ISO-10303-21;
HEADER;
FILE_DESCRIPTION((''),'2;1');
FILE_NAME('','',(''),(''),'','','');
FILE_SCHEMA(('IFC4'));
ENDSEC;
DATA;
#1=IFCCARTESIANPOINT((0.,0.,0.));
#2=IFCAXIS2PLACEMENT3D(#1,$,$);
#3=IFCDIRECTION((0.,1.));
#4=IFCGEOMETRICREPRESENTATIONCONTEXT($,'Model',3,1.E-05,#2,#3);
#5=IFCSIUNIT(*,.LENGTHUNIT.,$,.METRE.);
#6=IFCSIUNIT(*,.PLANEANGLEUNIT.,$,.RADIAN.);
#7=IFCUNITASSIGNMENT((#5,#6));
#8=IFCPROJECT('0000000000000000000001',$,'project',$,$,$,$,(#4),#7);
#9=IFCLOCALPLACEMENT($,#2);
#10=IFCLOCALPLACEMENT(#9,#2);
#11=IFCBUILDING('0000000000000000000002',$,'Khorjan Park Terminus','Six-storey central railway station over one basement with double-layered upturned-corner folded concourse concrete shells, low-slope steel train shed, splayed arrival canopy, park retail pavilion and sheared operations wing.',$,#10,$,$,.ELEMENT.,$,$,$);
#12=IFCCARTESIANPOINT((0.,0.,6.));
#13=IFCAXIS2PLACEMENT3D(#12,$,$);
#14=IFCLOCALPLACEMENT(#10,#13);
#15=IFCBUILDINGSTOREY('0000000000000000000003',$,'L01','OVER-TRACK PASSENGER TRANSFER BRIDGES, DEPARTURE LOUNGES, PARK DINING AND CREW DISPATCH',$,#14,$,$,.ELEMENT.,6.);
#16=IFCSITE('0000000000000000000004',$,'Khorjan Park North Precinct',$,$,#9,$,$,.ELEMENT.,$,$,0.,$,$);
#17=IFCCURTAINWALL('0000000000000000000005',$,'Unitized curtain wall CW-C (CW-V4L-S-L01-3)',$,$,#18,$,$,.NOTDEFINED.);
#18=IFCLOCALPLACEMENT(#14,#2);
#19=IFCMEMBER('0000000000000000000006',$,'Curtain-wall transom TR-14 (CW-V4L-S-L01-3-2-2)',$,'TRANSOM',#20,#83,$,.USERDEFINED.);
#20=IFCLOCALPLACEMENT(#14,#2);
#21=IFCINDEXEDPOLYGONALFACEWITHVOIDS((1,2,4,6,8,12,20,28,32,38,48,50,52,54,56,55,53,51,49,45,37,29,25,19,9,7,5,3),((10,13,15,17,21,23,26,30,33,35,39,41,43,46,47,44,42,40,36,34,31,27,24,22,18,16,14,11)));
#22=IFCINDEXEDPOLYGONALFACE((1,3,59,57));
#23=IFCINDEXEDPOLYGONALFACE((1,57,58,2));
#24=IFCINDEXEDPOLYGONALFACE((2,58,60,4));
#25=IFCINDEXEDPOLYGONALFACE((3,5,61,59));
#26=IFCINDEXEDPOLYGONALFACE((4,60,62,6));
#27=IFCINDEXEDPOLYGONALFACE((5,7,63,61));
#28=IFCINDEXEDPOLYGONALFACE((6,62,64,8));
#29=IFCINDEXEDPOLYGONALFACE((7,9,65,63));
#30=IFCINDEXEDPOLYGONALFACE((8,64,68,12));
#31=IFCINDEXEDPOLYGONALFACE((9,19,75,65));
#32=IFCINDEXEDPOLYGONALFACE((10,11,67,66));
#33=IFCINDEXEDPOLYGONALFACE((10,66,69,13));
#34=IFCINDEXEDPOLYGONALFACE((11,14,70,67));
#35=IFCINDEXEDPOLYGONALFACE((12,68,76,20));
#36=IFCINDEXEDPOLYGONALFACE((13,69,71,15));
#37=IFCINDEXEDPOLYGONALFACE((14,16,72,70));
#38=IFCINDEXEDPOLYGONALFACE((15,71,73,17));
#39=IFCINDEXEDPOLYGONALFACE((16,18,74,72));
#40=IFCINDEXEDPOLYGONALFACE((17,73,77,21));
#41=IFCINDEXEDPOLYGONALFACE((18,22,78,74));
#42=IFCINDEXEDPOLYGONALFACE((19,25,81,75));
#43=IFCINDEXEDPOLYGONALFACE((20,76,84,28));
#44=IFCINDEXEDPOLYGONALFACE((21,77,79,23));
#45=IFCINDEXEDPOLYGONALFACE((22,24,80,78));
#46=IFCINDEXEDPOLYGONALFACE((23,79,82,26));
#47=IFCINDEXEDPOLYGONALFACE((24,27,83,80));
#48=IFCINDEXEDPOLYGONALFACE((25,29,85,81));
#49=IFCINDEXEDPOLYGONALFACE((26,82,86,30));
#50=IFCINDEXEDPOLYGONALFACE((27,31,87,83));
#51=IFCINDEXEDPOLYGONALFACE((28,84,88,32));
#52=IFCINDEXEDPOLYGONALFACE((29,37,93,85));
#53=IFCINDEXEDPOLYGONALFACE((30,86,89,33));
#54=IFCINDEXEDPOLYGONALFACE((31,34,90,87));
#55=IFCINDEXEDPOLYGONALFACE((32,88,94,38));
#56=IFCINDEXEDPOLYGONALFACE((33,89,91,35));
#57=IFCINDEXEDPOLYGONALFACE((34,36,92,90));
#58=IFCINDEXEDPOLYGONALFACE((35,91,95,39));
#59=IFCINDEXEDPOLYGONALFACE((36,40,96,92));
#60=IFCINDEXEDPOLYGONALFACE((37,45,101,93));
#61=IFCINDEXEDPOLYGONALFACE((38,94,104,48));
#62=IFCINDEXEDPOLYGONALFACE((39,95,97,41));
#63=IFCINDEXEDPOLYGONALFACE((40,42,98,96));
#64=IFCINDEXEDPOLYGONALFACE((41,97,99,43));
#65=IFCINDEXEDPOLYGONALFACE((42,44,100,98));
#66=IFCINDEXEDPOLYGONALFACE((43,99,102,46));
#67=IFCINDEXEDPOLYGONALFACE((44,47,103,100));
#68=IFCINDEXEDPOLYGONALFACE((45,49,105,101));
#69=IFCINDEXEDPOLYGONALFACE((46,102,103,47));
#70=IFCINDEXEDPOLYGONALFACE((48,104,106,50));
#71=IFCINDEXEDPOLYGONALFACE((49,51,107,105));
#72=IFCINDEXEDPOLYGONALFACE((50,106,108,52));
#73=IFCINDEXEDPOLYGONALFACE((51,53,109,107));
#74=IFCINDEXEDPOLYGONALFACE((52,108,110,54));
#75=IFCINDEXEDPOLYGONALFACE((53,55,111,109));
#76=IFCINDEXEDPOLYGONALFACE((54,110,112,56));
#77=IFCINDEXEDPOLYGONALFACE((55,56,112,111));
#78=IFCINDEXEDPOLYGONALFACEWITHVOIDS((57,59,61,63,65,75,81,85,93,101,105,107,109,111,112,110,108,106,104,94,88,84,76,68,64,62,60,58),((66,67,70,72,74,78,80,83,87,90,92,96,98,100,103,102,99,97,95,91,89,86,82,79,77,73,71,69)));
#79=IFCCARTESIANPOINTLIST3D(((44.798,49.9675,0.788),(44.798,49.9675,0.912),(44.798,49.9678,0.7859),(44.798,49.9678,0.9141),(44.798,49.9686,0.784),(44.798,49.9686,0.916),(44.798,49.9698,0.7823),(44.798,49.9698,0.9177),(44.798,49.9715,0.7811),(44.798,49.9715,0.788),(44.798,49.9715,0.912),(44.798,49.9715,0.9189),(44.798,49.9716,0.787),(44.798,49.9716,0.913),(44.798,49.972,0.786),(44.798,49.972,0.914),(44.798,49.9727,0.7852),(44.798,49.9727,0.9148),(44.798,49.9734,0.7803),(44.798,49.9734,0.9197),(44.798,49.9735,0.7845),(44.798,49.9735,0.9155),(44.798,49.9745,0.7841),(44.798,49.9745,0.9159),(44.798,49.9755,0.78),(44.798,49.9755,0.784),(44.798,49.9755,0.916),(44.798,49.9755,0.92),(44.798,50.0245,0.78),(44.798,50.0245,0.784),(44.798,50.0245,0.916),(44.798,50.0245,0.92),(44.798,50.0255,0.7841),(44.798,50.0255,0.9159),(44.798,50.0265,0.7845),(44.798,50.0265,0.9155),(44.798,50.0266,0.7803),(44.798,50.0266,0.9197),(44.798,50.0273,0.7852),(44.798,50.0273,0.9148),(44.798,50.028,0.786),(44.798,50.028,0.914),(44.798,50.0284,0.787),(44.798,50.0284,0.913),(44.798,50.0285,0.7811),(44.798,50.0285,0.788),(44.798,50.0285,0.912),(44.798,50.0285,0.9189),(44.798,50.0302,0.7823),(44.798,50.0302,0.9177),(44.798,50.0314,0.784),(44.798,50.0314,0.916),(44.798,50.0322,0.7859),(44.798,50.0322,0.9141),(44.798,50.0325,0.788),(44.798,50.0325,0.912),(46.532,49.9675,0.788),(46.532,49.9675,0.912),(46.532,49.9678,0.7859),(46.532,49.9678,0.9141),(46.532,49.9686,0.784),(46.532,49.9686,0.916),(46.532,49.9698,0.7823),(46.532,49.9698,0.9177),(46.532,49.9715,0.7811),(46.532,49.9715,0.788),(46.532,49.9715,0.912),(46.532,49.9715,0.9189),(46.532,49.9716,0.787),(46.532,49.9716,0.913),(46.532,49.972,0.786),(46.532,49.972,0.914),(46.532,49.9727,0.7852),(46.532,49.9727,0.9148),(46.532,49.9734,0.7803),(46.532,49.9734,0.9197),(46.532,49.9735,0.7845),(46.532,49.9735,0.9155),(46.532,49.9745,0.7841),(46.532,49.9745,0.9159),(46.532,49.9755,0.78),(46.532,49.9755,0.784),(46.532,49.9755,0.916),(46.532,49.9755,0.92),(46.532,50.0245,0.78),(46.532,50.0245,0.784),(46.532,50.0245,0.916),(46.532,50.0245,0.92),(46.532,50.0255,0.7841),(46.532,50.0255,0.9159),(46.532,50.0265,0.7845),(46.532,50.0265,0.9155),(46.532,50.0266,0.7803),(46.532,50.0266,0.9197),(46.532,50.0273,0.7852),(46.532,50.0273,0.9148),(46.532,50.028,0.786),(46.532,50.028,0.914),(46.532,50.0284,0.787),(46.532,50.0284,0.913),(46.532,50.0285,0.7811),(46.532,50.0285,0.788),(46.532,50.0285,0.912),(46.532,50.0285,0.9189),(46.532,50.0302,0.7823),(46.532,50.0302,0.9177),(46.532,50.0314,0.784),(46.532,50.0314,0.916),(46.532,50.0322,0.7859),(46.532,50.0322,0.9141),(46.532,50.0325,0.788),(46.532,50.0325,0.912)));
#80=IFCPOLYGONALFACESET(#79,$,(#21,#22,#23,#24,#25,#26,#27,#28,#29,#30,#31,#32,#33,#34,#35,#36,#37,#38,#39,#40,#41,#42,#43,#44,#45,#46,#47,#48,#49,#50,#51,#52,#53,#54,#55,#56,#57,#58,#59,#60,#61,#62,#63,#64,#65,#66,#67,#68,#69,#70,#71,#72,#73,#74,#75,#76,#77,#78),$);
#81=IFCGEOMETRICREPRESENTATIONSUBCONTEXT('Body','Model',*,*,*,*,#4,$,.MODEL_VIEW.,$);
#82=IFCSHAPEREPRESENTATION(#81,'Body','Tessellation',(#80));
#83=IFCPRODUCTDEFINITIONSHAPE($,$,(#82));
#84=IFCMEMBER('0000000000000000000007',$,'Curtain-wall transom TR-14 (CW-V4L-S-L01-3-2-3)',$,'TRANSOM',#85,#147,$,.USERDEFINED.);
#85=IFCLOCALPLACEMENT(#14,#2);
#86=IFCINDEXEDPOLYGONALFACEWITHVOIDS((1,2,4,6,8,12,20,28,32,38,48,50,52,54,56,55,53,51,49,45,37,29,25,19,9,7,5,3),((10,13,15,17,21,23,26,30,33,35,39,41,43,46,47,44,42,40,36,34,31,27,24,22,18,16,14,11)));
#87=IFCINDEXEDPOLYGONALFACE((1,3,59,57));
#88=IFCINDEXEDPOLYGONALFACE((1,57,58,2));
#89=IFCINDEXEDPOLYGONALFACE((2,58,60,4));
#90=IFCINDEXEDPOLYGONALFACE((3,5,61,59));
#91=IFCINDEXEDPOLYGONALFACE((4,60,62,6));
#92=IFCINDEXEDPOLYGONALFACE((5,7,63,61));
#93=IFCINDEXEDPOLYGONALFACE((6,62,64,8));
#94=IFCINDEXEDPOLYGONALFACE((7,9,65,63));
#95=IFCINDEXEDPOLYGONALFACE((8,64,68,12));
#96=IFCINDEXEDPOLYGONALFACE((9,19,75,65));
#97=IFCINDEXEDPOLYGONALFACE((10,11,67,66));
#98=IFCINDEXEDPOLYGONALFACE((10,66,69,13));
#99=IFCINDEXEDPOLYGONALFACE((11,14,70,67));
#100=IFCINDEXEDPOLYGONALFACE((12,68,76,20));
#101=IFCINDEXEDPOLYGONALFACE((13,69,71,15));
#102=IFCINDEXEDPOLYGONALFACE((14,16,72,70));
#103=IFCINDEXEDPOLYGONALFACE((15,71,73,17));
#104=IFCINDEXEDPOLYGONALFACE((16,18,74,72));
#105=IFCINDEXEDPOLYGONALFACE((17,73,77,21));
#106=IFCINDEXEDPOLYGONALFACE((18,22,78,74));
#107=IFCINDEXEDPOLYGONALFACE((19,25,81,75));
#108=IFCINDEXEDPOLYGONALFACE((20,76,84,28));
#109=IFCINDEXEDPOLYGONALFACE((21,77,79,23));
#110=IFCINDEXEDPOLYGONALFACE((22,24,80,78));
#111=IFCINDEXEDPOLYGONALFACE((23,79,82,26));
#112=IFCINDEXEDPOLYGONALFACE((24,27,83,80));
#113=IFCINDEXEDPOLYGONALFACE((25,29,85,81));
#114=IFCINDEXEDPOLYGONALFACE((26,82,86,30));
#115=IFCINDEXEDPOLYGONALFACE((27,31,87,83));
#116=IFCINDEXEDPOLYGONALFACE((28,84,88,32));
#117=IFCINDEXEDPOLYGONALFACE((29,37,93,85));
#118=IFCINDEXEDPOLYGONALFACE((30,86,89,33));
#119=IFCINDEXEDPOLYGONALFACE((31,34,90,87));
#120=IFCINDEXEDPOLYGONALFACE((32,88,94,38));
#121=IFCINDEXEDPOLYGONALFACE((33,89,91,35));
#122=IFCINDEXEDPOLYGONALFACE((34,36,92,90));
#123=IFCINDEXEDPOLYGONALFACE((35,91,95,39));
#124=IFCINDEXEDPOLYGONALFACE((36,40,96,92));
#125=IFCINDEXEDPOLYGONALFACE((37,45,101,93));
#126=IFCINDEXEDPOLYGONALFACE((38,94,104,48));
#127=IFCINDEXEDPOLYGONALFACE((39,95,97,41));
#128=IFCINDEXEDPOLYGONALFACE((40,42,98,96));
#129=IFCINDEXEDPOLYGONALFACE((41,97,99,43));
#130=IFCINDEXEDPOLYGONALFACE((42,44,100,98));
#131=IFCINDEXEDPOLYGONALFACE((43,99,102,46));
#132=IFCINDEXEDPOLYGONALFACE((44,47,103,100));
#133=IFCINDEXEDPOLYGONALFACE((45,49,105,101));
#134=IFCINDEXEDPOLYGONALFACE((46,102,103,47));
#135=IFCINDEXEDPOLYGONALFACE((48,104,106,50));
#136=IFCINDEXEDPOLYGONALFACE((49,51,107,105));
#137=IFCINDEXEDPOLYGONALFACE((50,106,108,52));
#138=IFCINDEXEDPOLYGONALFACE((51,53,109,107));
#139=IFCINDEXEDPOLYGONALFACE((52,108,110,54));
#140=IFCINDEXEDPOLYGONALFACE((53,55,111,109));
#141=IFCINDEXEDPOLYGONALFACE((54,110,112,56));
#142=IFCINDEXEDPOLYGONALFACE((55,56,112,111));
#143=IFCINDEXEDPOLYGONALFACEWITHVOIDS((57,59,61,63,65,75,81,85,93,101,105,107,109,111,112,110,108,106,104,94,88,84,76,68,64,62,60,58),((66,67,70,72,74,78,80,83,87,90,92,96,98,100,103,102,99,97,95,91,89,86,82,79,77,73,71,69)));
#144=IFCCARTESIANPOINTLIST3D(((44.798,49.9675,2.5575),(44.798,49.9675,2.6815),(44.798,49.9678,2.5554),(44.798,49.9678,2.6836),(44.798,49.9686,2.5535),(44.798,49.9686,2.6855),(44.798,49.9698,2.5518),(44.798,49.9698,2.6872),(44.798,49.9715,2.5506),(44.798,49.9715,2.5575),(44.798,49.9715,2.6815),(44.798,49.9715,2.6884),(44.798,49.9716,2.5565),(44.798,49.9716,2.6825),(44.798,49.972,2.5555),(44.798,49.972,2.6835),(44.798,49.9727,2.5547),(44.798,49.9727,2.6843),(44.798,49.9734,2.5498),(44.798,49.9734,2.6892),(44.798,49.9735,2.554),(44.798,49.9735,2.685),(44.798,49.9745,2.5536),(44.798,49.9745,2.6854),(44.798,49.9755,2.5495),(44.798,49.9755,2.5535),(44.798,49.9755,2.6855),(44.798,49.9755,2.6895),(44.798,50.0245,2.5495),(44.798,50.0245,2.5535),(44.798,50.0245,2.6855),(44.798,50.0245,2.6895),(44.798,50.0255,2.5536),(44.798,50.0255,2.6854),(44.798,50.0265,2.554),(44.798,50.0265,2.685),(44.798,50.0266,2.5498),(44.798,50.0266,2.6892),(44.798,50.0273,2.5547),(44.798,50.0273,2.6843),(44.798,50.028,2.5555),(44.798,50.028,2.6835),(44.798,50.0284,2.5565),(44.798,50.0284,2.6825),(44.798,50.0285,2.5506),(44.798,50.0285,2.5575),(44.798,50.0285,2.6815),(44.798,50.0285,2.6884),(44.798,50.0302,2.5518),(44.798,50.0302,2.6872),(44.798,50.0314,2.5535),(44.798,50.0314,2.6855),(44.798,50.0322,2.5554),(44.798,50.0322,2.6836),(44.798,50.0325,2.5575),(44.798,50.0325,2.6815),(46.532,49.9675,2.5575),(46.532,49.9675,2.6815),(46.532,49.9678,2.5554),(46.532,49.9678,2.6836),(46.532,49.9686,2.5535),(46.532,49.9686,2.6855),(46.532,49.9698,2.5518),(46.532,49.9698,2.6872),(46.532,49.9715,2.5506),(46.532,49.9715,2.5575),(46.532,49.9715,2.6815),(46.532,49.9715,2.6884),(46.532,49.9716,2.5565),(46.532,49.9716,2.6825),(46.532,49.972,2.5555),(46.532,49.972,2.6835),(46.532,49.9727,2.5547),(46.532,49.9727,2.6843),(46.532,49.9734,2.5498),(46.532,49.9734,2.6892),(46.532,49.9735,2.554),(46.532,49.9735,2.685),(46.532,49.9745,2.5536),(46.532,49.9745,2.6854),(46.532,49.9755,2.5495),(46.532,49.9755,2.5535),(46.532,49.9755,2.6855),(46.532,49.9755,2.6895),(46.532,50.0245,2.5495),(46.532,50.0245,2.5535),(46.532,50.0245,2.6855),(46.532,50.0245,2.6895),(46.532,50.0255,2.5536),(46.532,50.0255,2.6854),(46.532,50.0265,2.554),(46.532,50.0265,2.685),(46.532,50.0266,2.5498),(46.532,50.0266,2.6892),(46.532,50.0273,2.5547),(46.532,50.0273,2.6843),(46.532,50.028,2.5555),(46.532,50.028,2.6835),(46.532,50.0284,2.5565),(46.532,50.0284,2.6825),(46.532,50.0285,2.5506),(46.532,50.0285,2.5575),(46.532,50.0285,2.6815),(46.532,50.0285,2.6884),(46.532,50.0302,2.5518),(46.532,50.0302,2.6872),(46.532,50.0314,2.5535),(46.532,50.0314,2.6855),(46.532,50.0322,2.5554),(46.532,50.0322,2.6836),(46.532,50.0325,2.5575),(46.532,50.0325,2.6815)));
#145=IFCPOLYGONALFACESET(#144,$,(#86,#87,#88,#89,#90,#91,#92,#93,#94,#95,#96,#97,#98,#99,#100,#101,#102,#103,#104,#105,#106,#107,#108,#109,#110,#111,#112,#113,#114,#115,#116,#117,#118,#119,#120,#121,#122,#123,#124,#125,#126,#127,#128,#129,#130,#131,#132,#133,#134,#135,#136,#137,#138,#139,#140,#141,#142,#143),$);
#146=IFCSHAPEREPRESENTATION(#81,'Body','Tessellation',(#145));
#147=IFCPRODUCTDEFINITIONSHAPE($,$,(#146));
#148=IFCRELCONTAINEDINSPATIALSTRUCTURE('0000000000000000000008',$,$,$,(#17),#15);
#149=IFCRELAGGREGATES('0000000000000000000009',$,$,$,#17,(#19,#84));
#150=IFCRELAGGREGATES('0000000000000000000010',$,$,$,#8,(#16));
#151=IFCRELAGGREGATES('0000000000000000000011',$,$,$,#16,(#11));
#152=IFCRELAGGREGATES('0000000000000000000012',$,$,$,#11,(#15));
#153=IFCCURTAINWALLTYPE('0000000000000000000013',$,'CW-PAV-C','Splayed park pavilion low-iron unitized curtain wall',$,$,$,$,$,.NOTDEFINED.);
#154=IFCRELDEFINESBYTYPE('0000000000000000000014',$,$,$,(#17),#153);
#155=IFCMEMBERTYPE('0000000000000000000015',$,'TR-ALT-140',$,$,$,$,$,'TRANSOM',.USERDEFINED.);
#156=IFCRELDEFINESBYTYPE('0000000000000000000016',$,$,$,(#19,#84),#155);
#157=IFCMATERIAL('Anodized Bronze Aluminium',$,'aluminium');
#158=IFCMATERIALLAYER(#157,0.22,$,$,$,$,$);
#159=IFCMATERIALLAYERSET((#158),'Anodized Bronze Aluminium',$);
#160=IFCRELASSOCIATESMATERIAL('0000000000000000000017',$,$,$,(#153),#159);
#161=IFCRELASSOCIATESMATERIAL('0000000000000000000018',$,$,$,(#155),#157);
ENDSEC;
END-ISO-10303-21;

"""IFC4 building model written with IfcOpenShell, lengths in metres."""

from ifc_helpers import new_model, si_unit, direction, frame, origin, origin_2d, place, context, subcontext, project, spatial, hollow_rectangle, extrude, material, layer, layer_set, material_profile, profile_set, type_object, element, aggregate, save


model = new_model("IFC4")

# Units and contexts
model_context = context("Model", 3, precision=1e-05, world=origin(), true_north=direction((0.0, 1.0)))
body_context = subcontext(model_context, "Body", "Model", "MODEL_VIEW")
ifc_project = project(units=[si_unit("LENGTHUNIT", "METRE"), si_unit("PLANEANGLEUNIT", "RADIAN")], contexts=[model_context])

# Site, building, storey
site_placement = place(None, origin())
site = spatial("IfcSite", under=ifc_project, at=site_placement, Name="Khorjan Park North Precinct", CompositionType="ELEMENT", RefElevation=0.0)
building_placement = place(site_placement, origin())
building = spatial("IfcBuilding", under=site, at=building_placement, Name="Khorjan Park Terminus", Description="Six-storey central railway station over one basement with double-layered upturned-corner folded concourse concrete shells, low-slope steel train shed, splayed arrival canopy, park retail pavilion and sheared operations wing.", CompositionType="ELEMENT")
storey_placement = place(building_placement, frame((0.0, 0.0, 6.0)))
storey = spatial("IfcBuildingStorey", under=building, at=storey_placement, Name="L01", Description="OVER-TRACK PASSENGER TRANSFER BRIDGES, DEPARTURE LOUNGES, PARK DINING AND CREW DISPATCH", CompositionType="ELEMENT", Elevation=6.0)

# Shared definitions
ifc_material_1 = material(Name="Anodized Bronze Aluminium", Category="aluminium")
ifc_layer_1 = layer(ifc_material_1, 0.22)
ifc_layer_set_1 = layer_set([ifc_layer_1], Name="Anodized Bronze Aluminium")
curtain_wall_type = type_object("IfcCurtainWallType", Name="CW-PAV-C", Description="Splayed park pavilion low-iron unitized curtain wall", PredefinedType="NOTDEFINED", material=ifc_layer_set_1)

# Curtain wall
curtain_wall_1_placement = place(storey_placement, origin())
curtain_wall_1 = element("IfcCurtainWall", 1, at=curtain_wall_1_placement, inside=storey, type_object=curtain_wall_type, Name="Unitized curtain wall CW-C (CW-V4L-S-L01-3)", PredefinedType="NOTDEFINED")

# Members
ifc_material_profile_1 = material_profile(ifc_material_1, hollow_rectangle(XDim=0.065, YDim=0.14, WallThickness=0.004, InnerFilletRadius=0.004, OuterFilletRadius=0.008, at=origin_2d()), Name="ALT 65x140x4")
ifc_profile_set_1 = profile_set([ifc_material_profile_1], Name="Anodized Bronze Aluminium")
member_type_1 = type_object("IfcMemberType", Name="TR-ALT-140", ElementType="TRANSOM", PredefinedType="USERDEFINED", material=ifc_profile_set_1)
member_1_placement = place(storey_placement, frame((44.798, 50.0, 0.85), z_axis=(1.0, 0.0, 0.0), x_axis=(0.0, 1.0, 0.0)))
member_1 = element("IfcMember", 2, at=member_1_placement, type_object=member_type_1, Name="Curtain-wall transom TR-14 (CW-V4L-S-L01-3-2-2)", ObjectType="TRANSOM", PredefinedType="USERDEFINED", context=body_context, shape_type="SweptSolid", body=[
    extrude(hollow_rectangle(XDim=0.065, YDim=0.14, WallThickness=0.004, InnerFilletRadius=0.004, OuterFilletRadius=0.008, at=origin_2d()), origin(), (0.0, 0.0, 1.0), 1.734),
])
member_2_placement = place(storey_placement, frame((44.798, 50.0, 2.6195), z_axis=(1.0, 0.0, 0.0), x_axis=(0.0, 1.0, 0.0)))
member_2 = element("IfcMember", 3, at=member_2_placement, type_object=member_type_1, Name="Curtain-wall transom TR-14 (CW-V4L-S-L01-3-2-3)", ObjectType="TRANSOM", PredefinedType="USERDEFINED", context=body_context, shape_type="SweptSolid", body=[
    extrude(hollow_rectangle(XDim=0.065, YDim=0.14, WallThickness=0.004, InnerFilletRadius=0.004, OuterFilletRadius=0.008, at=origin_2d()), origin(), (0.0, 0.0, 1.0), 1.734),
])

aggregate(curtain_wall_1, [member_1, member_2])

save(model, "model.ifc")
